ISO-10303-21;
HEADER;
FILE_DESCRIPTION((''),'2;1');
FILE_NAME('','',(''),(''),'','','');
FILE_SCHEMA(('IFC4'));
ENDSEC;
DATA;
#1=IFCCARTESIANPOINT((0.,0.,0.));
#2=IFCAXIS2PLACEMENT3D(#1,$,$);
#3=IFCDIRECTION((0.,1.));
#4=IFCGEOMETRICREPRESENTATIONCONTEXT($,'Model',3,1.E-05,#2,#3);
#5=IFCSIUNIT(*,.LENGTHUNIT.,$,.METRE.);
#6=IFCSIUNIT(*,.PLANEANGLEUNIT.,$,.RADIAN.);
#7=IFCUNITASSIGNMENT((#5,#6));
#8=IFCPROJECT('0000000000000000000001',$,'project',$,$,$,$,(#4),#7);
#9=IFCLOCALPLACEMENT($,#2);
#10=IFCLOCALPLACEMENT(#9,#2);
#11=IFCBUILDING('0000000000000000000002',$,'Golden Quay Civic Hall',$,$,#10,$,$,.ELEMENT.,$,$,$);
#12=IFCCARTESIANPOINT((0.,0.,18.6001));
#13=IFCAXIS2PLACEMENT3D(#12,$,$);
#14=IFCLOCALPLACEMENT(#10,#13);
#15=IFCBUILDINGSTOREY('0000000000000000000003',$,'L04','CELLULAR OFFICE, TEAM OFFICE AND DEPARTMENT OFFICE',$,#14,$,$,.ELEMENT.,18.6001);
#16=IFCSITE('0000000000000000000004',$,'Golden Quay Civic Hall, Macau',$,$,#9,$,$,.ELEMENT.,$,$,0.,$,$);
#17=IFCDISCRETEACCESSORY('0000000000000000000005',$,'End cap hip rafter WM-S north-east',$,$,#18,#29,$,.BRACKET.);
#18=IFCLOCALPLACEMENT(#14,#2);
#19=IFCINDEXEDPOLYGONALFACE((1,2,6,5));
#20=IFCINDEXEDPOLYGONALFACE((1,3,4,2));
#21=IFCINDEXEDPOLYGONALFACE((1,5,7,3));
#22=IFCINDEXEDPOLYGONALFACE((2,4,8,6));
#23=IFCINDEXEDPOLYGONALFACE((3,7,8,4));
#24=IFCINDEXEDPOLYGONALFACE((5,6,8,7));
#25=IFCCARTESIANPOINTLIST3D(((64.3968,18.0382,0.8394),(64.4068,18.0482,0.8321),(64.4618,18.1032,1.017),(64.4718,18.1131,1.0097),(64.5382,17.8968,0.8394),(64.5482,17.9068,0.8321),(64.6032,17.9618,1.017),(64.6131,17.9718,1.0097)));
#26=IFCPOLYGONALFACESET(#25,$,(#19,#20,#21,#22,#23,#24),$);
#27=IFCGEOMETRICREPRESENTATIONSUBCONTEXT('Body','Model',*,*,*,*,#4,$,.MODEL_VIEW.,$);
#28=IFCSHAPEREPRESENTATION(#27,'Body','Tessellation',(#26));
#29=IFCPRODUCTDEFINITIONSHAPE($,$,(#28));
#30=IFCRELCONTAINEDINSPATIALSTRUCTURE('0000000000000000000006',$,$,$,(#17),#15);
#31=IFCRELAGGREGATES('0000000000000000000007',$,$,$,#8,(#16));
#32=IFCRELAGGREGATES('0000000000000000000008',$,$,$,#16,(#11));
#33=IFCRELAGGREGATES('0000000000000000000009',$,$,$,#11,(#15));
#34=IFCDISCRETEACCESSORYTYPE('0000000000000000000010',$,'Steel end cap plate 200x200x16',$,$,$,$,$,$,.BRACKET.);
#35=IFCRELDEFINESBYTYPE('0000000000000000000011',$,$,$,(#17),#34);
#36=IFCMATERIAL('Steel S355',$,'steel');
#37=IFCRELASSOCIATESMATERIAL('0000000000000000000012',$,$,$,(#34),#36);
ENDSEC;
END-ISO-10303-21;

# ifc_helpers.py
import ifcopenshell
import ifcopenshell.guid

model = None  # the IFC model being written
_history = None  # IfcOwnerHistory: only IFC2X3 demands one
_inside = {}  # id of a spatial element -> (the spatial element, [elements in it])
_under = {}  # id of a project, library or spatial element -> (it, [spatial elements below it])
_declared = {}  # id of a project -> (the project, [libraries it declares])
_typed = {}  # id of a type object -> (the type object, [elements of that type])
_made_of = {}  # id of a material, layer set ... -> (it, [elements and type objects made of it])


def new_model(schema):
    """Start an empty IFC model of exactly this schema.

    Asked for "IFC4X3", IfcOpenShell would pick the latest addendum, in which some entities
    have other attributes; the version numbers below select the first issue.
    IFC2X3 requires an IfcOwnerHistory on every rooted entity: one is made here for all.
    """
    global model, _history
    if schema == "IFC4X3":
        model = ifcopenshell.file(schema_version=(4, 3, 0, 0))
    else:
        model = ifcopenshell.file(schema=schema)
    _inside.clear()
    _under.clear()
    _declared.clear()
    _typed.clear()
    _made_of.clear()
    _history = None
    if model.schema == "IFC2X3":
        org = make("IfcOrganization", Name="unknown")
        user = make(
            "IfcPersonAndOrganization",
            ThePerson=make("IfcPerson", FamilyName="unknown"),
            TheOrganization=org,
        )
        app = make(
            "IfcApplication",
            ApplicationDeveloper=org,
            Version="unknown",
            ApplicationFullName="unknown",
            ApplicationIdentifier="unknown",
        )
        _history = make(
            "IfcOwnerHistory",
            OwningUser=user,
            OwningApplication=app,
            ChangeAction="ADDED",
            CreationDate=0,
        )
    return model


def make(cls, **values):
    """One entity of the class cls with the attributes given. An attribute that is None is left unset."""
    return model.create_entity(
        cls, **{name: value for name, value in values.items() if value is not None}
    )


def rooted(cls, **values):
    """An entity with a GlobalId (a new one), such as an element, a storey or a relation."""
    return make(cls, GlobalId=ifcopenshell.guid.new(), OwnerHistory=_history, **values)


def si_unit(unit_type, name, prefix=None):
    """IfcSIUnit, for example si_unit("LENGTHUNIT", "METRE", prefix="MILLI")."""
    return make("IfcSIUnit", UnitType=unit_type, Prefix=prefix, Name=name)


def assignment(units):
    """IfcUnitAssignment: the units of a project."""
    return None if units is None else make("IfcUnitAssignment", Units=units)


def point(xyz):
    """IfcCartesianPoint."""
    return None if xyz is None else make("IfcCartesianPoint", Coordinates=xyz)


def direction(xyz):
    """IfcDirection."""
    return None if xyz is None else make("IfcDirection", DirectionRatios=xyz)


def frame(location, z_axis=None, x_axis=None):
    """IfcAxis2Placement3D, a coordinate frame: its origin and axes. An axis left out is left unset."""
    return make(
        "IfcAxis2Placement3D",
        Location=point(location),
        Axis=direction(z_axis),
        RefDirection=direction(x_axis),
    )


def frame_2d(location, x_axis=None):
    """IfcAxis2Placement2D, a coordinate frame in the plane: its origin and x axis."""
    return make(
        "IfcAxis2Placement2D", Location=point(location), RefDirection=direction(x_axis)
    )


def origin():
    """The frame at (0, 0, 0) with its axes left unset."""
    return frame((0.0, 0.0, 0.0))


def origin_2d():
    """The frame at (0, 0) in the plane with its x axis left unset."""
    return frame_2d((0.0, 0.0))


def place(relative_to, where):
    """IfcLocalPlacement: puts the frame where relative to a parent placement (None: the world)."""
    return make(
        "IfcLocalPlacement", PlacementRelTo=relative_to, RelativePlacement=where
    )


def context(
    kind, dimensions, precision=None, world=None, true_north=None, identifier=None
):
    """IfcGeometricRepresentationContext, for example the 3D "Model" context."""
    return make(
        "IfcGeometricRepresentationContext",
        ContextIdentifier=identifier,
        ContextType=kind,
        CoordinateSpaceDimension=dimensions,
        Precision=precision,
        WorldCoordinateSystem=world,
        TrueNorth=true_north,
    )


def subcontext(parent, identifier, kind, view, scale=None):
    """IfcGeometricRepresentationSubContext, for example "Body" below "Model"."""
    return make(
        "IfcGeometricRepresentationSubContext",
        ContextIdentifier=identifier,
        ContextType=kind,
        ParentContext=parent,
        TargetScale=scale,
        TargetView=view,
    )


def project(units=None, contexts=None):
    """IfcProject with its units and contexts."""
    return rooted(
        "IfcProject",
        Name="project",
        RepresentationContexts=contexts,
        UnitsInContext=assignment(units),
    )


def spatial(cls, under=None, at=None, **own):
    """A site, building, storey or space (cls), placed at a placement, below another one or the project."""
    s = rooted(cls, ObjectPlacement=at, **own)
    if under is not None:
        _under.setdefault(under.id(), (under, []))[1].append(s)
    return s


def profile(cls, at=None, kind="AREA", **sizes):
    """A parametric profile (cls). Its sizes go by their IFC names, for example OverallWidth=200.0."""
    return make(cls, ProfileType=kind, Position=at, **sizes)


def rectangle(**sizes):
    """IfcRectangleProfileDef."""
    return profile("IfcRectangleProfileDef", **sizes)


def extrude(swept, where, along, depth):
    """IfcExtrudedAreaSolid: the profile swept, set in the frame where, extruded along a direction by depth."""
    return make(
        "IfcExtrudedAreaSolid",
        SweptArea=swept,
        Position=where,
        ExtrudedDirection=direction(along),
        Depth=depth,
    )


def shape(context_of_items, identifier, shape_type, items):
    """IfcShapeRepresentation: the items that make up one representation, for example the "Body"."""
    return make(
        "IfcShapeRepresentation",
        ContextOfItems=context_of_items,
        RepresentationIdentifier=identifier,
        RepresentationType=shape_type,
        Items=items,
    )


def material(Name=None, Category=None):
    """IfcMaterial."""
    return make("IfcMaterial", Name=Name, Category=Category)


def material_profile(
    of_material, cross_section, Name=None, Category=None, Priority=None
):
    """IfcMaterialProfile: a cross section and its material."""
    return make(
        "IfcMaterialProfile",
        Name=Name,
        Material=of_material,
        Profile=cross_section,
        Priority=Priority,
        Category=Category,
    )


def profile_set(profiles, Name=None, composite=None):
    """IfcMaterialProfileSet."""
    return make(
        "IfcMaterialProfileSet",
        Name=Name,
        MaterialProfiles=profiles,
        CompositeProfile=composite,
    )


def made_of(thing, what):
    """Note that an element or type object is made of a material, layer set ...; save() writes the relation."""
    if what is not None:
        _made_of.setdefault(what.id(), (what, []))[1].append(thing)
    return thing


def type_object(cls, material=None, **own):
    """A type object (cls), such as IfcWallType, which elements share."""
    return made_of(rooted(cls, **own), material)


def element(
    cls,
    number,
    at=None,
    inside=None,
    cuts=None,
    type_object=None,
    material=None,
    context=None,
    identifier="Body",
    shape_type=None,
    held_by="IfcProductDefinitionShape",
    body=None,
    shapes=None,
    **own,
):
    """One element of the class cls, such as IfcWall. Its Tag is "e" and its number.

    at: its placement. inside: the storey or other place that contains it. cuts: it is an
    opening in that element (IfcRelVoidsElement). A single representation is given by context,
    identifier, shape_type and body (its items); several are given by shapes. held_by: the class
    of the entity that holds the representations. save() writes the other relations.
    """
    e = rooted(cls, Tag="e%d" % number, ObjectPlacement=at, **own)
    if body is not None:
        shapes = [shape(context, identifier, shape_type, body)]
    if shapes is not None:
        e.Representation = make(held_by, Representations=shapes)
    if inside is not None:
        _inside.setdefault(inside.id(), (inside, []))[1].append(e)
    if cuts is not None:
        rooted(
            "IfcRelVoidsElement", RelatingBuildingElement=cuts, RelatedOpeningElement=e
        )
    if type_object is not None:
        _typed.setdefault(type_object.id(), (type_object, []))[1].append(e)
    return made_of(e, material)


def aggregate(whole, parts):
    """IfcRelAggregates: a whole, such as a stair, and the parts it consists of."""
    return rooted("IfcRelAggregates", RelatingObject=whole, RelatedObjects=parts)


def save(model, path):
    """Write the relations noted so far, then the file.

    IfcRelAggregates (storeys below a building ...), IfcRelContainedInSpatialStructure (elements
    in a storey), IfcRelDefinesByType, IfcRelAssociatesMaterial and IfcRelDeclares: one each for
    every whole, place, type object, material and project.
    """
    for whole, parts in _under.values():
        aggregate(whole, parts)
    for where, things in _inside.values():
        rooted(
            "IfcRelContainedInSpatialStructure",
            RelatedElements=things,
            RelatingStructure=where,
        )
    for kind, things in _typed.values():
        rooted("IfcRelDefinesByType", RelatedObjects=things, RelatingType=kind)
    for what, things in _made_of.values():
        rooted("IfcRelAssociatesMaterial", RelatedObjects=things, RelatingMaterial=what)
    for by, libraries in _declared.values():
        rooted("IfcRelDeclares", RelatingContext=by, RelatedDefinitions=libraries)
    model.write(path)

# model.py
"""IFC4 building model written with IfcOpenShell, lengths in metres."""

from ifc_helpers import new_model, si_unit, direction, frame, origin, origin_2d, place, context, subcontext, project, spatial, rectangle, extrude, material, material_profile, profile_set, type_object, element, save


model = new_model("IFC4")

# Units and contexts
model_context = context("Model", 3, precision=1e-05, world=origin(), true_north=direction((0.0, 1.0)))
body_context = subcontext(model_context, "Body", "Model", "MODEL_VIEW")
ifc_project = project(units=[si_unit("LENGTHUNIT", "METRE"), si_unit("PLANEANGLEUNIT", "RADIAN")], contexts=[model_context])

# Site, building, storey
site_placement = place(None, origin())
site = spatial("IfcSite", under=ifc_project, at=site_placement, Name="Golden Quay Civic Hall, Macau", CompositionType="ELEMENT", RefElevation=0.0)
building_placement = place(site_placement, origin())
building = spatial("IfcBuilding", under=site, at=building_placement, Name="Golden Quay Civic Hall", CompositionType="ELEMENT")
storey_placement = place(building_placement, frame((0.0, 0.0, 18.6001)))
storey = spatial("IfcBuildingStorey", under=building, at=storey_placement, Name="L04", Description="CELLULAR OFFICE, TEAM OFFICE AND DEPARTMENT OFFICE", CompositionType="ELEMENT", Elevation=18.6001)

# Discrete accessory
ifc_material_1 = material(Name="Steel S355", Category="steel")
ifc_material_profile_1 = material_profile(ifc_material_1, rectangle(XDim=0.2, YDim=0.2, at=origin_2d()), Name="Steel end cap plate 200x200x16")
ifc_profile_set_1 = profile_set([ifc_material_profile_1], Name="Steel S355")
discrete_accessory_type_1 = type_object("IfcDiscreteAccessoryType", Name="Steel end cap plate 200x200x16", PredefinedType="BRACKET", material=ifc_profile_set_1)
discrete_accessory_1_placement = place(storey_placement, frame((64.5, 18.0, 0.9282), z_axis=(0.628025, 0.628025, -0.459531), x_axis=(-0.707107, 0.707107, 0.0)))
element("IfcDiscreteAccessory", 1, at=discrete_accessory_1_placement, inside=storey, type_object=discrete_accessory_type_1, Name="End cap hip rafter WM-S north-east", PredefinedType="BRACKET", context=body_context, shape_type="SweptSolid", body=[
    extrude(rectangle(XDim=0.2, YDim=0.2, at=origin_2d()), origin(), (0.0, 0.0, 1.0), 0.0159),
])

save(model, "model.ifc")
